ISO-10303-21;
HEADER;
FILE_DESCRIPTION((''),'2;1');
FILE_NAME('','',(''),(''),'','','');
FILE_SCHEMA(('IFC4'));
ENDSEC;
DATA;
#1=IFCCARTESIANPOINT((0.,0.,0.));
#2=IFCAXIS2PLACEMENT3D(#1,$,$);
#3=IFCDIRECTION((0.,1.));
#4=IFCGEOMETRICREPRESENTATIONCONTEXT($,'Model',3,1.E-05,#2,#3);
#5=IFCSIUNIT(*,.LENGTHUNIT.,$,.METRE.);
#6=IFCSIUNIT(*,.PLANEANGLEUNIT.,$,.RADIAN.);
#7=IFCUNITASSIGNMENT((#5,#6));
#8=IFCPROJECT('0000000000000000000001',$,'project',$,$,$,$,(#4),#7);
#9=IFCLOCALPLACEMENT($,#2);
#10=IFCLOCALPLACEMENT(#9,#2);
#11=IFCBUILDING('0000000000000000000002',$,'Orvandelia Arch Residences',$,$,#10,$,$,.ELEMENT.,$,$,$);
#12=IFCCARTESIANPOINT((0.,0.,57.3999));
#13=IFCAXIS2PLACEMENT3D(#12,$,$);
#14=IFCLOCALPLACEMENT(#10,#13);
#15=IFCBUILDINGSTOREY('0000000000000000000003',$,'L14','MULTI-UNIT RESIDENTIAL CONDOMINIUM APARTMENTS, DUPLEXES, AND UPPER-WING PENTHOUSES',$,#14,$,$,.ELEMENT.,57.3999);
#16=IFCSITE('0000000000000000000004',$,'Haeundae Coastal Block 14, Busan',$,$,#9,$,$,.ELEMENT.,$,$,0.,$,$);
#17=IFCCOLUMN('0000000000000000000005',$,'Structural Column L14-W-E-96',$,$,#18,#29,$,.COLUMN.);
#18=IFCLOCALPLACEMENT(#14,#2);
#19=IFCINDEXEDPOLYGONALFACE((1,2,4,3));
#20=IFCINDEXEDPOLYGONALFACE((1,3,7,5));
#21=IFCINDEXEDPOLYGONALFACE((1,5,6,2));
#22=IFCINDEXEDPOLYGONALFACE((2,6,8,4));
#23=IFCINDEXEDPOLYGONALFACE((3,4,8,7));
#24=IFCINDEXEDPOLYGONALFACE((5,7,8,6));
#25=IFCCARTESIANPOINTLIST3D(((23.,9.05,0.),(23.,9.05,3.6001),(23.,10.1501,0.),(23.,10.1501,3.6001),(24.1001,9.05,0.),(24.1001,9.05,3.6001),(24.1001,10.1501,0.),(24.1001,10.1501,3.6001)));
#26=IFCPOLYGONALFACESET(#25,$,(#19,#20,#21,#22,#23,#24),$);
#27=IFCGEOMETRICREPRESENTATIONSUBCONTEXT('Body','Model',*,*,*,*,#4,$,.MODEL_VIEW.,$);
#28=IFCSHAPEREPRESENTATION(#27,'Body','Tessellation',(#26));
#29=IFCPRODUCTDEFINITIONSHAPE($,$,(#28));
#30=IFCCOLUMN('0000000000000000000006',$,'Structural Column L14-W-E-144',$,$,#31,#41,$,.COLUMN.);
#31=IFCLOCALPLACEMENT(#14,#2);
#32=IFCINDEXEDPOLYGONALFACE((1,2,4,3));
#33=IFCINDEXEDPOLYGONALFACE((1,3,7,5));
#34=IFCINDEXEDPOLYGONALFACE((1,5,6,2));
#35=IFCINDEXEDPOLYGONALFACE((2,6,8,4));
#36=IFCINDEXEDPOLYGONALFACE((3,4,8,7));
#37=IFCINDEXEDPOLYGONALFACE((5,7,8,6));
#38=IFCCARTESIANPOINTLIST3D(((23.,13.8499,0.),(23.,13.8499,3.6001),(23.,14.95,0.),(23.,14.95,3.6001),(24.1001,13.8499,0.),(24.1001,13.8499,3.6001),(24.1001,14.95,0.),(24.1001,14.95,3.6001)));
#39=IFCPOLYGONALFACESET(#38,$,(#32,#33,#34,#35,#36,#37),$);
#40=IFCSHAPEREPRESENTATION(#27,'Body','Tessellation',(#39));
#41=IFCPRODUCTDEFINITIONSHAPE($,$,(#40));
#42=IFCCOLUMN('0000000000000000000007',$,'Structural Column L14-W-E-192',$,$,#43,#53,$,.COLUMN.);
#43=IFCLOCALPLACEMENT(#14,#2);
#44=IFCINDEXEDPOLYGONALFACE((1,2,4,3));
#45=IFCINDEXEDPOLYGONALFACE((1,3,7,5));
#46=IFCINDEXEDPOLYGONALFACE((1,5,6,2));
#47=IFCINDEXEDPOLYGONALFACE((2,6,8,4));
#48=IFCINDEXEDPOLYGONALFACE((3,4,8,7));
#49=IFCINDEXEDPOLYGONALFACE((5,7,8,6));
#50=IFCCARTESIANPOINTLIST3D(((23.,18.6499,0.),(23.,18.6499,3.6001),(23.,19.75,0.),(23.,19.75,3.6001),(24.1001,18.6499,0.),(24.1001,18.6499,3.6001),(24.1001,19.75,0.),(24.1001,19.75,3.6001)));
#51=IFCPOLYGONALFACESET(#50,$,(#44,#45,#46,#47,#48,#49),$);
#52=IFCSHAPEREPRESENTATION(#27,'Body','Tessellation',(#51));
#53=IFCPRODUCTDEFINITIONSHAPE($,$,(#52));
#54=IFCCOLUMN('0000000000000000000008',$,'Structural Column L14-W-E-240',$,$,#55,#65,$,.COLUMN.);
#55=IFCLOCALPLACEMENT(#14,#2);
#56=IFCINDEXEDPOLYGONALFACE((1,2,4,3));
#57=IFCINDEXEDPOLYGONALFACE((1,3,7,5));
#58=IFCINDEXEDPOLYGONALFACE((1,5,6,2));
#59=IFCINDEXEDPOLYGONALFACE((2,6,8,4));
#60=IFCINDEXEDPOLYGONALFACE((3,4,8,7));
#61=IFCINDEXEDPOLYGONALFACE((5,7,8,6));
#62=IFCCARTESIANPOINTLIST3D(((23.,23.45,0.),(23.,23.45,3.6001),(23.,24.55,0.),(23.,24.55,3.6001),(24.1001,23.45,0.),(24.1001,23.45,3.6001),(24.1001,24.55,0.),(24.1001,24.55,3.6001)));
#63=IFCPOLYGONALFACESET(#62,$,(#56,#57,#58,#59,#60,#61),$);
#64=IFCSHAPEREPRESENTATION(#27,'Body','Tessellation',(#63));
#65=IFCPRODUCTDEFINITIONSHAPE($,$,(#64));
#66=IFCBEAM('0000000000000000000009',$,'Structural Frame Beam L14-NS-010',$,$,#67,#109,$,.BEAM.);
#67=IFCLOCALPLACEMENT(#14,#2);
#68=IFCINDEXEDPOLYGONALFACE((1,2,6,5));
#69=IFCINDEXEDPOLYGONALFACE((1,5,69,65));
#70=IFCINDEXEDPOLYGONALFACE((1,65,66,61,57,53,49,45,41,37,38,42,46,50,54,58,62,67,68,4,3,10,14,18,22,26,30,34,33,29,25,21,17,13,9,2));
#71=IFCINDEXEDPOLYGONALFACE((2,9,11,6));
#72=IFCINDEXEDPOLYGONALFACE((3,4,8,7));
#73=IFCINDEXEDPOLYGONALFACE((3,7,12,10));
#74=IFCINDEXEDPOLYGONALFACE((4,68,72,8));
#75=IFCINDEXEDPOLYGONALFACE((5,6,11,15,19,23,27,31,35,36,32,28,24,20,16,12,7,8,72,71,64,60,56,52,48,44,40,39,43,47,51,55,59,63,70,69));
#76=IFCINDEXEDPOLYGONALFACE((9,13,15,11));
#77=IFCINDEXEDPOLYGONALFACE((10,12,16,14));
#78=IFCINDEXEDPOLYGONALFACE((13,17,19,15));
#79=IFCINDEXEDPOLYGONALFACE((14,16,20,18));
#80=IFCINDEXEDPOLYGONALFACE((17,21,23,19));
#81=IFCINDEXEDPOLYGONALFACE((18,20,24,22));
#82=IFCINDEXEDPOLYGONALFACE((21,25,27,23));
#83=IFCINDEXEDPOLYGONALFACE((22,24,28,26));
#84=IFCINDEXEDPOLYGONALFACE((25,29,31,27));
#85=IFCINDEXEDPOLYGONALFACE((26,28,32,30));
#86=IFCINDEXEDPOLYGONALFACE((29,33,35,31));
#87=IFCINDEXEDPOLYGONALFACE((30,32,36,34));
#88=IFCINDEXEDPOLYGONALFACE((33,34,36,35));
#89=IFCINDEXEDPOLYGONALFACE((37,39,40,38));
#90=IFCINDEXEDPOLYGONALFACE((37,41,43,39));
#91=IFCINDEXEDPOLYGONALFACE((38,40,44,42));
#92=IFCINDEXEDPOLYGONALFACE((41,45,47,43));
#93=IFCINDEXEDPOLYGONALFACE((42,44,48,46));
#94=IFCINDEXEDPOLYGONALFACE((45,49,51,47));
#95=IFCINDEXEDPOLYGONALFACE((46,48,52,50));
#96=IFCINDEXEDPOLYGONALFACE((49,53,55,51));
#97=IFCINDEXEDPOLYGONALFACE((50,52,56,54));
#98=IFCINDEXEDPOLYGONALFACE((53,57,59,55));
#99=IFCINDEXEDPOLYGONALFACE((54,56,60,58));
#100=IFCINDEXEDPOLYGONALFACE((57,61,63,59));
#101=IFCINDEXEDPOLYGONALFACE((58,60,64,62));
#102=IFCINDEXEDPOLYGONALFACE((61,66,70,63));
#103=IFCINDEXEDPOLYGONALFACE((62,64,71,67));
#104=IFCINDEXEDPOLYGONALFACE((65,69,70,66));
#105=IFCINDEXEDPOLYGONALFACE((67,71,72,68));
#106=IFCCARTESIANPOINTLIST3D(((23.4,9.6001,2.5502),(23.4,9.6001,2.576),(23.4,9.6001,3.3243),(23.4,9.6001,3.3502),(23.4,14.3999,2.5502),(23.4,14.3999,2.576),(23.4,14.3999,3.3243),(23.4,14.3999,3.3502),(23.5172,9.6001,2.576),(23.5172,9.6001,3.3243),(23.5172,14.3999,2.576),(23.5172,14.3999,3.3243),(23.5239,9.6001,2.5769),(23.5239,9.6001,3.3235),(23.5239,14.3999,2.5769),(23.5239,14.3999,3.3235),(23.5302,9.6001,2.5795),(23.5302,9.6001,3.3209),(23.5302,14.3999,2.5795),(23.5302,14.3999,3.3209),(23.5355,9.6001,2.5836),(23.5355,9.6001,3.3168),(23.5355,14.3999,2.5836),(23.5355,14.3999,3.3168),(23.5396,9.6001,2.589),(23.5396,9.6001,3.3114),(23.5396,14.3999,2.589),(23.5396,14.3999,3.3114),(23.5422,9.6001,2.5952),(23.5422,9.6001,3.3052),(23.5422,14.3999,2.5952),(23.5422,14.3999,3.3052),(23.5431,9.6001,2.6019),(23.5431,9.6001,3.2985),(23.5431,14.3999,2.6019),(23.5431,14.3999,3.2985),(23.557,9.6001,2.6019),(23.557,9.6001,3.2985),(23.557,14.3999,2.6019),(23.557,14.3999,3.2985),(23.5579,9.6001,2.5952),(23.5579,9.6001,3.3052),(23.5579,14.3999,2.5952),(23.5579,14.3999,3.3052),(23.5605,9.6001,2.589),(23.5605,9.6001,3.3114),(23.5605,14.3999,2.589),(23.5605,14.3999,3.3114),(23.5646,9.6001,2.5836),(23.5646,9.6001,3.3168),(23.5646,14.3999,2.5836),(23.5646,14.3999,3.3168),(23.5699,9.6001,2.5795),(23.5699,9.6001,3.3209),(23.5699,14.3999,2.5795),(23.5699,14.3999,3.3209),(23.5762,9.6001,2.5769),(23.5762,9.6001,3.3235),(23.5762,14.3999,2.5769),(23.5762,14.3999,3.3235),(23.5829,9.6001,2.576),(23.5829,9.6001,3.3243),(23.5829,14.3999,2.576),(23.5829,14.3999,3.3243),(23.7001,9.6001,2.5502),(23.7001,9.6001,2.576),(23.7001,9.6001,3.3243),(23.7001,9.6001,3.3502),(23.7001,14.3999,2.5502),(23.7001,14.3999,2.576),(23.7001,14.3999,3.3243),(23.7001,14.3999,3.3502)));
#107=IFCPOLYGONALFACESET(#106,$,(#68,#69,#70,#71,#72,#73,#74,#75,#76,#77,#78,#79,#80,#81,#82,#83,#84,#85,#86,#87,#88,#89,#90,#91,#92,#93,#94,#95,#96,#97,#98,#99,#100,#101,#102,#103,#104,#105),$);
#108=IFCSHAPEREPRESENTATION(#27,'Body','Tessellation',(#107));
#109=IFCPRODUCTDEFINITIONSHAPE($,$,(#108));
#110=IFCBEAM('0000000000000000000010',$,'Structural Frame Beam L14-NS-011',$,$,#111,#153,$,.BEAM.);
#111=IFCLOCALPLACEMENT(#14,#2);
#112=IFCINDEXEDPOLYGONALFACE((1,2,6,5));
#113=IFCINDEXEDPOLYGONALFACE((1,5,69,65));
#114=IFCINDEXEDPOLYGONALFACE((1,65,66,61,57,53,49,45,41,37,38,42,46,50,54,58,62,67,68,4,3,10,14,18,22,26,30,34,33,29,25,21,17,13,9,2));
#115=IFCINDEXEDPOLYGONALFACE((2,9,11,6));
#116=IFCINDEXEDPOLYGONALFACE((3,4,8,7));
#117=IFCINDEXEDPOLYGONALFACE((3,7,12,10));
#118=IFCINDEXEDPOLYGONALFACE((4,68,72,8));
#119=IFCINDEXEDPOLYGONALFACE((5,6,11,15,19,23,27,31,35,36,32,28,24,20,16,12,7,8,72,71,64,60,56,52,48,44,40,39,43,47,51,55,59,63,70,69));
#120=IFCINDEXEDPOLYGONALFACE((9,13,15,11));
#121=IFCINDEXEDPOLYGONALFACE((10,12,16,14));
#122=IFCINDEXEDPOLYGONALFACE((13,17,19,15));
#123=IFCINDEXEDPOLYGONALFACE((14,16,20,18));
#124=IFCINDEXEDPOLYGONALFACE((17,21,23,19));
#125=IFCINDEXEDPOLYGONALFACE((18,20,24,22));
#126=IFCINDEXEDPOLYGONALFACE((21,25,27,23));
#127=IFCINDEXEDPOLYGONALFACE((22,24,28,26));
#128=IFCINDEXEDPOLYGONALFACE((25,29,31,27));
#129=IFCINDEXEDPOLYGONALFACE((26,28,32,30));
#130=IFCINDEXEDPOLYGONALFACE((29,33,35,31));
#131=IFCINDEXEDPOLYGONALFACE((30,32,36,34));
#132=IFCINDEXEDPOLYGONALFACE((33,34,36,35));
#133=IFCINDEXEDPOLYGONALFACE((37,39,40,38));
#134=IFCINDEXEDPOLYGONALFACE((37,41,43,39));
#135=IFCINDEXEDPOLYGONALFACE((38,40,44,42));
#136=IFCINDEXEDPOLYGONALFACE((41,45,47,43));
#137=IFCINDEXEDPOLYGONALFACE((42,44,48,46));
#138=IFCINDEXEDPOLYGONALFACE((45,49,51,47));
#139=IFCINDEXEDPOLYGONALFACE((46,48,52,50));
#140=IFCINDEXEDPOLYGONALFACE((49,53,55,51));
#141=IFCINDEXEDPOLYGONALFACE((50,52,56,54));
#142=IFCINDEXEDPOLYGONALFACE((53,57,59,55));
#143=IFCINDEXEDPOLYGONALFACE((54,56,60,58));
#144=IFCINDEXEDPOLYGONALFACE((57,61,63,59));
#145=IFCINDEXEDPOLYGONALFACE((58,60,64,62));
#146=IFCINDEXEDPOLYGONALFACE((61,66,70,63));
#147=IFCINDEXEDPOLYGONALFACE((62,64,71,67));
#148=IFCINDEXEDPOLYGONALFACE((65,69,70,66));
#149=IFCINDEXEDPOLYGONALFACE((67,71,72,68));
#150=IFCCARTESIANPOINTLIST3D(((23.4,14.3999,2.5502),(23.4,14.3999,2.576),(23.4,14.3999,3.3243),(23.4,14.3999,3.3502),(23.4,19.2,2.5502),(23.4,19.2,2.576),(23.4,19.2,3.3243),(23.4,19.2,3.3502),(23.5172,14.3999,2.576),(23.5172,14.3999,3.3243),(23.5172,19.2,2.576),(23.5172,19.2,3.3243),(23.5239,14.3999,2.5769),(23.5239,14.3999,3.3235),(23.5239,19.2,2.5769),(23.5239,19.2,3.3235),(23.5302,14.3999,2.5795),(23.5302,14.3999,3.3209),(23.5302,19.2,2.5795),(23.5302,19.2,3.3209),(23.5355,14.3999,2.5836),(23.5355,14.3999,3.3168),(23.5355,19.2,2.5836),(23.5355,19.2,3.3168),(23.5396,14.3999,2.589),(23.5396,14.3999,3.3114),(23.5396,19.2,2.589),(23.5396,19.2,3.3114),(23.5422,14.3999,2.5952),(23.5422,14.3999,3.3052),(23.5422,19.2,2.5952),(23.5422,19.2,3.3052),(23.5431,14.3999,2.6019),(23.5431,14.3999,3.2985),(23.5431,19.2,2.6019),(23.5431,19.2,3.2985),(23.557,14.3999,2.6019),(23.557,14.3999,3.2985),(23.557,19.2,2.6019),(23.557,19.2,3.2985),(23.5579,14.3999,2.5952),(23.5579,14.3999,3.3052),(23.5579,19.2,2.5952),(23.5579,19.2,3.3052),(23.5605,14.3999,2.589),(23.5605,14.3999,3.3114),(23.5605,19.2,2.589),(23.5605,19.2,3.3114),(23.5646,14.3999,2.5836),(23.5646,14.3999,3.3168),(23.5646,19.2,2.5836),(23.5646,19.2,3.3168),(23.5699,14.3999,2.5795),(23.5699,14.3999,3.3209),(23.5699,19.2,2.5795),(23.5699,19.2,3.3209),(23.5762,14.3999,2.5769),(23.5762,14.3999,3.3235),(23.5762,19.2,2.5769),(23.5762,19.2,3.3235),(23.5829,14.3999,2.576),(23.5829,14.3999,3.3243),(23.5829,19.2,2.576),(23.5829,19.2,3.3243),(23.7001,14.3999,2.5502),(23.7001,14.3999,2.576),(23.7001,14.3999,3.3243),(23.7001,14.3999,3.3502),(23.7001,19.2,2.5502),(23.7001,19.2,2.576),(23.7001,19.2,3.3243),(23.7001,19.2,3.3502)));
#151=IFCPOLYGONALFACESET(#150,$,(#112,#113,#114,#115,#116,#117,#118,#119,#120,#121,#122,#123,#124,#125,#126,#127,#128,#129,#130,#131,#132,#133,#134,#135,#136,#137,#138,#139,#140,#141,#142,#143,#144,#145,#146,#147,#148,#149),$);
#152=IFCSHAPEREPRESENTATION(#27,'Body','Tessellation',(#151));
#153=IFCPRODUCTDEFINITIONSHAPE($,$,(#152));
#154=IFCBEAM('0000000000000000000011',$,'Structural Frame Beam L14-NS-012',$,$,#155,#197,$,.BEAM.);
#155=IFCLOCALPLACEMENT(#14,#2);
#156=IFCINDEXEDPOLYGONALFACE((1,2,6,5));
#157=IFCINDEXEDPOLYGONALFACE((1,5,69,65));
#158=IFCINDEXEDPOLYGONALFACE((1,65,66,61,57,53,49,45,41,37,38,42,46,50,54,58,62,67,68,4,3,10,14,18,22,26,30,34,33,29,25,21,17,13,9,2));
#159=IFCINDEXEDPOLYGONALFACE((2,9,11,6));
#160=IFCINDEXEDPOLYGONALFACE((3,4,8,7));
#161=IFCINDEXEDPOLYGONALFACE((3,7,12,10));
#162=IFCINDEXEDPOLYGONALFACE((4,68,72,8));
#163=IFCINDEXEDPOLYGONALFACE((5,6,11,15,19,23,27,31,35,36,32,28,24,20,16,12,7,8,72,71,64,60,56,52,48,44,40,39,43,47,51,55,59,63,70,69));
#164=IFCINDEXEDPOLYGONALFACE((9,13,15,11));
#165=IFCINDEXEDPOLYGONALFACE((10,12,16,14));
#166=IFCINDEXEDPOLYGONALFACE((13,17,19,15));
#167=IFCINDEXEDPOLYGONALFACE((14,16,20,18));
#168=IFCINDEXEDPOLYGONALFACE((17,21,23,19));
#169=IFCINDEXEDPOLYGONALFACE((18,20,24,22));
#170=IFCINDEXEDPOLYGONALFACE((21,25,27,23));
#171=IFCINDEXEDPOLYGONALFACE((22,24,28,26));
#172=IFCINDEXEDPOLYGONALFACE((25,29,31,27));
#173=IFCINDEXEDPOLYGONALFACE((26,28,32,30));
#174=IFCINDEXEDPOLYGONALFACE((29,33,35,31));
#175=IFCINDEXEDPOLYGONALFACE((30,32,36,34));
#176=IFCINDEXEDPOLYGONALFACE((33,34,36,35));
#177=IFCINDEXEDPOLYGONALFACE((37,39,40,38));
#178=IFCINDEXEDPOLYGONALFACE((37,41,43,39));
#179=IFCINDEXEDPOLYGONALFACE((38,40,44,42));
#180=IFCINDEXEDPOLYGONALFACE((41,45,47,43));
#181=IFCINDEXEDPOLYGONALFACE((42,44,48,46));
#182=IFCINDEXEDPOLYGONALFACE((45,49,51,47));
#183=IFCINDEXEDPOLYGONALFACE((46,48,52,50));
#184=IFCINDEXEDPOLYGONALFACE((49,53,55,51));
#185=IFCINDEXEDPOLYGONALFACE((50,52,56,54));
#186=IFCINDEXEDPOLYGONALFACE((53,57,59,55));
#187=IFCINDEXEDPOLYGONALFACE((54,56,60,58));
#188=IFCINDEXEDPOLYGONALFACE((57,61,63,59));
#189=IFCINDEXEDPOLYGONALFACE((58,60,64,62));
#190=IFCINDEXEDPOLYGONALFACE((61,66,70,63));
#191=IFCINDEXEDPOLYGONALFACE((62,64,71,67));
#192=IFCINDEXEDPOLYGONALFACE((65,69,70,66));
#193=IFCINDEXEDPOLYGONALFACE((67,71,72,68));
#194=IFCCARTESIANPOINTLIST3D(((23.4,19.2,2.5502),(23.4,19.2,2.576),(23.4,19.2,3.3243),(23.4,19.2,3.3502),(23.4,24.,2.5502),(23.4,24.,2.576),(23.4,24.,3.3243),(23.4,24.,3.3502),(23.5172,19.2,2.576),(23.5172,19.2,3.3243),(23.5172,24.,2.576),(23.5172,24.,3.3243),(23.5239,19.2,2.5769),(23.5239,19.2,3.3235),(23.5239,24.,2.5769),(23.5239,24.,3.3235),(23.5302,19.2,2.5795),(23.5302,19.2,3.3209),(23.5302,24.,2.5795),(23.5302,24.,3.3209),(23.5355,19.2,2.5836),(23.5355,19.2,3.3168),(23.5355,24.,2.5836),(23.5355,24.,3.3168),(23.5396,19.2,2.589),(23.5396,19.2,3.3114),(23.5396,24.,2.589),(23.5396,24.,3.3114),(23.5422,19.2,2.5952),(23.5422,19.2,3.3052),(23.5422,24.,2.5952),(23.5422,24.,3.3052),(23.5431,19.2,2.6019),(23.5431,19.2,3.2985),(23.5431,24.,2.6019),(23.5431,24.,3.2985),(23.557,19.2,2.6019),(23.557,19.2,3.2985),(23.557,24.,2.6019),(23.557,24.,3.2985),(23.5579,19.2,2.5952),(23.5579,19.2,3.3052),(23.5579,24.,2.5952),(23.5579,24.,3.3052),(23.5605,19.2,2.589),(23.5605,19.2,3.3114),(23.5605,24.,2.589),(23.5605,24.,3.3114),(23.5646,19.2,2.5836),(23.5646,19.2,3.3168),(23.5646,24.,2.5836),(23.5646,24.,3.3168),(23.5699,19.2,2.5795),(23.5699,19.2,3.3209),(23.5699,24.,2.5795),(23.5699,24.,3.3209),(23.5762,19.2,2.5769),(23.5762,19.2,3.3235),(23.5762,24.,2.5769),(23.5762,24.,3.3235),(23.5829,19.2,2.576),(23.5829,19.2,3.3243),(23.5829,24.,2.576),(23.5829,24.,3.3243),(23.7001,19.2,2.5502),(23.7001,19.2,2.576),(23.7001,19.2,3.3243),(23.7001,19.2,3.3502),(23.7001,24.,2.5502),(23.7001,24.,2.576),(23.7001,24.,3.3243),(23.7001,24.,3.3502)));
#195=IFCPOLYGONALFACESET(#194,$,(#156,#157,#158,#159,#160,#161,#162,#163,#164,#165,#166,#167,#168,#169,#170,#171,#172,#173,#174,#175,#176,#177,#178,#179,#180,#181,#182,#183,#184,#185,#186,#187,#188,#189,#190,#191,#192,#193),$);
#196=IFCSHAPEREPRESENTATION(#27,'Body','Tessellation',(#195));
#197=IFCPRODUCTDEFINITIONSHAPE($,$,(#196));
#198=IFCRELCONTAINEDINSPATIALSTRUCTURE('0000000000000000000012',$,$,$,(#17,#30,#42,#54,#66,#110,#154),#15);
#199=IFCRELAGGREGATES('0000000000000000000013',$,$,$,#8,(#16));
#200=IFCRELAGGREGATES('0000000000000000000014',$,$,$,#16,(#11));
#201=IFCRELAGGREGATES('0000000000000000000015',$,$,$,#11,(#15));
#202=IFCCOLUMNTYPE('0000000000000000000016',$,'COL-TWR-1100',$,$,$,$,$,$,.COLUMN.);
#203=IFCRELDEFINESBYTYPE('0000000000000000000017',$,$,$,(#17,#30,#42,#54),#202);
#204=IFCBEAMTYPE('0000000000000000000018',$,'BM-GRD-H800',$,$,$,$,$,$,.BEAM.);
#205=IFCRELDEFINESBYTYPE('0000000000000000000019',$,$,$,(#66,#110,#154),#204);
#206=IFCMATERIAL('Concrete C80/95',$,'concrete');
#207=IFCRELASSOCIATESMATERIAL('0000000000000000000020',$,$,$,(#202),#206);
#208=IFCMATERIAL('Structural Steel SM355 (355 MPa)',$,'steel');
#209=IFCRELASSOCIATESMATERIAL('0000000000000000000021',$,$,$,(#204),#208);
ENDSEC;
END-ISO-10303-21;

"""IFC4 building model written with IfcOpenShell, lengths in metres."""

from ifc_helpers import new_model, si_unit, direction, frame, origin, origin_2d, place, context, subcontext, project, spatial, rectangle, i_section, extrude, material, material_profile, profile_set, type_object, element, save


model = new_model("IFC4")

# Units and contexts
model_context = context("Model", 3, precision=1e-05, world=origin(), true_north=direction((0.0, 1.0)))
body_context = subcontext(model_context, "Body", "Model", "MODEL_VIEW")
ifc_project = project(units=[si_unit("LENGTHUNIT", "METRE"), si_unit("PLANEANGLEUNIT", "RADIAN")], contexts=[model_context])

# Site, building, storey
site_placement = place(None, origin())
site = spatial("IfcSite", under=ifc_project, at=site_placement, Name="Haeundae Coastal Block 14, Busan", CompositionType="ELEMENT", RefElevation=0.0)
building_placement = place(site_placement, origin())
building = spatial("IfcBuilding", under=site, at=building_placement, Name="Orvandelia Arch Residences", CompositionType="ELEMENT")
storey_placement = place(building_placement, frame((0.0, 0.0, 57.3999)))
storey = spatial("IfcBuildingStorey", under=building, at=storey_placement, Name="L14", Description="MULTI-UNIT RESIDENTIAL CONDOMINIUM APARTMENTS, DUPLEXES, AND UPPER-WING PENTHOUSES", CompositionType="ELEMENT", Elevation=57.3999)

# Columns
ifc_material_1 = material(Name="Concrete C80/95", Category="concrete")
ifc_material_profile_1 = material_profile(ifc_material_1, rectangle(XDim=1.1001, YDim=1.1001, at=origin_2d()), Name="Concrete C80/95", Category="concrete")
ifc_profile_set_1 = profile_set([ifc_material_profile_1], Name="Concrete C80/95")
column_type = type_object("IfcColumnType", Name="COL-TWR-1100", PredefinedType="COLUMN", material=ifc_profile_set_1)
for number, where, z_axis, x_axis, name in (
    (1, (23.55, 9.6001, 0.0), (0.0, 0.0, 1.0), (1.0, 0.0, 0.0), "Structural Column L14-W-E-96"),
    (2, (23.55, 14.3999, 0.0), (0.0, 0.0, 1.0), (1.0, 0.0, 0.0), "Structural Column L14-W-E-144"),
    (3, (23.55, 19.2, 0.0), (0.0, 0.0, 1.0), (1.0, 0.0, 0.0), "Structural Column L14-W-E-192"),
    (4, (23.55, 24.0, 0.0), (0.0, 0.0, 1.0), (1.0, 0.0, 0.0), "Structural Column L14-W-E-240"),
):
    element("IfcColumn", number, at=place(storey_placement, frame(where, z_axis=z_axis, x_axis=x_axis)), inside=storey, type_object=column_type, Name=name, PredefinedType="COLUMN", context=body_context, shape_type="SweptSolid", body=[
        extrude(rectangle(XDim=1.1001, YDim=1.1001, at=origin_2d()), origin(), (0.0, 0.0, 1.0), 3.6001),
    ])

# Beams
ifc_material_2 = material(Name="Structural Steel SM355 (355 MPa)", Category="steel")
ifc_material_profile_2 = material_profile(ifc_material_2, i_section(OverallWidth=0.3, OverallDepth=0.8, WebThickness=0.0139, FlangeThickness=0.0259, FilletRadius=0.0259, at=origin_2d()), Name="Structural Steel SM355 (355 MPa)", Category="steel")
ifc_profile_set_2 = profile_set([ifc_material_profile_2], Name="Structural Steel SM355 (355 MPa)")
beam_type = type_object("IfcBeamType", Name="BM-GRD-H800", PredefinedType="BEAM", material=ifc_profile_set_2)
beam_1_placement = place(storey_placement, frame((23.55, 9.6001, 2.9502), z_axis=(0.0, 1.0, 0.0), x_axis=(-1.0, 0.0, 0.0)))
element("IfcBeam", 5, at=beam_1_placement, inside=storey, type_object=beam_type, Name="Structural Frame Beam L14-NS-010", PredefinedType="BEAM", context=body_context, shape_type="SweptSolid", body=[
    extrude(i_section(OverallWidth=0.3, OverallDepth=0.8, WebThickness=0.0139, FlangeThickness=0.0259, FilletRadius=0.0259, at=origin_2d()), origin(), (0.0, 0.0, 1.0), 4.7998),
])
for number, where, z_axis, x_axis, name in (
    (6, (23.55, 14.3999, 2.9502), (0.0, 1.0, 0.0), (-1.0, 0.0, 0.0), "Structural Frame Beam L14-NS-011"),
    (7, (23.55, 19.2, 2.9502), (0.0, 1.0, 0.0), (-1.0, 0.0, 0.0), "Structural Frame Beam L14-NS-012"),
):
    element("IfcBeam", number, at=place(storey_placement, frame(where, z_axis=z_axis, x_axis=x_axis)), inside=storey, type_object=beam_type, Name=name, PredefinedType="BEAM", context=body_context, shape_type="SweptSolid", body=[
        extrude(i_section(OverallWidth=0.3, OverallDepth=0.8, WebThickness=0.0139, FlangeThickness=0.0259, FilletRadius=0.0259, at=origin_2d()), origin(), (0.0, 0.0, 1.0), 4.8),
    ])

save(model, "model.ifc")
